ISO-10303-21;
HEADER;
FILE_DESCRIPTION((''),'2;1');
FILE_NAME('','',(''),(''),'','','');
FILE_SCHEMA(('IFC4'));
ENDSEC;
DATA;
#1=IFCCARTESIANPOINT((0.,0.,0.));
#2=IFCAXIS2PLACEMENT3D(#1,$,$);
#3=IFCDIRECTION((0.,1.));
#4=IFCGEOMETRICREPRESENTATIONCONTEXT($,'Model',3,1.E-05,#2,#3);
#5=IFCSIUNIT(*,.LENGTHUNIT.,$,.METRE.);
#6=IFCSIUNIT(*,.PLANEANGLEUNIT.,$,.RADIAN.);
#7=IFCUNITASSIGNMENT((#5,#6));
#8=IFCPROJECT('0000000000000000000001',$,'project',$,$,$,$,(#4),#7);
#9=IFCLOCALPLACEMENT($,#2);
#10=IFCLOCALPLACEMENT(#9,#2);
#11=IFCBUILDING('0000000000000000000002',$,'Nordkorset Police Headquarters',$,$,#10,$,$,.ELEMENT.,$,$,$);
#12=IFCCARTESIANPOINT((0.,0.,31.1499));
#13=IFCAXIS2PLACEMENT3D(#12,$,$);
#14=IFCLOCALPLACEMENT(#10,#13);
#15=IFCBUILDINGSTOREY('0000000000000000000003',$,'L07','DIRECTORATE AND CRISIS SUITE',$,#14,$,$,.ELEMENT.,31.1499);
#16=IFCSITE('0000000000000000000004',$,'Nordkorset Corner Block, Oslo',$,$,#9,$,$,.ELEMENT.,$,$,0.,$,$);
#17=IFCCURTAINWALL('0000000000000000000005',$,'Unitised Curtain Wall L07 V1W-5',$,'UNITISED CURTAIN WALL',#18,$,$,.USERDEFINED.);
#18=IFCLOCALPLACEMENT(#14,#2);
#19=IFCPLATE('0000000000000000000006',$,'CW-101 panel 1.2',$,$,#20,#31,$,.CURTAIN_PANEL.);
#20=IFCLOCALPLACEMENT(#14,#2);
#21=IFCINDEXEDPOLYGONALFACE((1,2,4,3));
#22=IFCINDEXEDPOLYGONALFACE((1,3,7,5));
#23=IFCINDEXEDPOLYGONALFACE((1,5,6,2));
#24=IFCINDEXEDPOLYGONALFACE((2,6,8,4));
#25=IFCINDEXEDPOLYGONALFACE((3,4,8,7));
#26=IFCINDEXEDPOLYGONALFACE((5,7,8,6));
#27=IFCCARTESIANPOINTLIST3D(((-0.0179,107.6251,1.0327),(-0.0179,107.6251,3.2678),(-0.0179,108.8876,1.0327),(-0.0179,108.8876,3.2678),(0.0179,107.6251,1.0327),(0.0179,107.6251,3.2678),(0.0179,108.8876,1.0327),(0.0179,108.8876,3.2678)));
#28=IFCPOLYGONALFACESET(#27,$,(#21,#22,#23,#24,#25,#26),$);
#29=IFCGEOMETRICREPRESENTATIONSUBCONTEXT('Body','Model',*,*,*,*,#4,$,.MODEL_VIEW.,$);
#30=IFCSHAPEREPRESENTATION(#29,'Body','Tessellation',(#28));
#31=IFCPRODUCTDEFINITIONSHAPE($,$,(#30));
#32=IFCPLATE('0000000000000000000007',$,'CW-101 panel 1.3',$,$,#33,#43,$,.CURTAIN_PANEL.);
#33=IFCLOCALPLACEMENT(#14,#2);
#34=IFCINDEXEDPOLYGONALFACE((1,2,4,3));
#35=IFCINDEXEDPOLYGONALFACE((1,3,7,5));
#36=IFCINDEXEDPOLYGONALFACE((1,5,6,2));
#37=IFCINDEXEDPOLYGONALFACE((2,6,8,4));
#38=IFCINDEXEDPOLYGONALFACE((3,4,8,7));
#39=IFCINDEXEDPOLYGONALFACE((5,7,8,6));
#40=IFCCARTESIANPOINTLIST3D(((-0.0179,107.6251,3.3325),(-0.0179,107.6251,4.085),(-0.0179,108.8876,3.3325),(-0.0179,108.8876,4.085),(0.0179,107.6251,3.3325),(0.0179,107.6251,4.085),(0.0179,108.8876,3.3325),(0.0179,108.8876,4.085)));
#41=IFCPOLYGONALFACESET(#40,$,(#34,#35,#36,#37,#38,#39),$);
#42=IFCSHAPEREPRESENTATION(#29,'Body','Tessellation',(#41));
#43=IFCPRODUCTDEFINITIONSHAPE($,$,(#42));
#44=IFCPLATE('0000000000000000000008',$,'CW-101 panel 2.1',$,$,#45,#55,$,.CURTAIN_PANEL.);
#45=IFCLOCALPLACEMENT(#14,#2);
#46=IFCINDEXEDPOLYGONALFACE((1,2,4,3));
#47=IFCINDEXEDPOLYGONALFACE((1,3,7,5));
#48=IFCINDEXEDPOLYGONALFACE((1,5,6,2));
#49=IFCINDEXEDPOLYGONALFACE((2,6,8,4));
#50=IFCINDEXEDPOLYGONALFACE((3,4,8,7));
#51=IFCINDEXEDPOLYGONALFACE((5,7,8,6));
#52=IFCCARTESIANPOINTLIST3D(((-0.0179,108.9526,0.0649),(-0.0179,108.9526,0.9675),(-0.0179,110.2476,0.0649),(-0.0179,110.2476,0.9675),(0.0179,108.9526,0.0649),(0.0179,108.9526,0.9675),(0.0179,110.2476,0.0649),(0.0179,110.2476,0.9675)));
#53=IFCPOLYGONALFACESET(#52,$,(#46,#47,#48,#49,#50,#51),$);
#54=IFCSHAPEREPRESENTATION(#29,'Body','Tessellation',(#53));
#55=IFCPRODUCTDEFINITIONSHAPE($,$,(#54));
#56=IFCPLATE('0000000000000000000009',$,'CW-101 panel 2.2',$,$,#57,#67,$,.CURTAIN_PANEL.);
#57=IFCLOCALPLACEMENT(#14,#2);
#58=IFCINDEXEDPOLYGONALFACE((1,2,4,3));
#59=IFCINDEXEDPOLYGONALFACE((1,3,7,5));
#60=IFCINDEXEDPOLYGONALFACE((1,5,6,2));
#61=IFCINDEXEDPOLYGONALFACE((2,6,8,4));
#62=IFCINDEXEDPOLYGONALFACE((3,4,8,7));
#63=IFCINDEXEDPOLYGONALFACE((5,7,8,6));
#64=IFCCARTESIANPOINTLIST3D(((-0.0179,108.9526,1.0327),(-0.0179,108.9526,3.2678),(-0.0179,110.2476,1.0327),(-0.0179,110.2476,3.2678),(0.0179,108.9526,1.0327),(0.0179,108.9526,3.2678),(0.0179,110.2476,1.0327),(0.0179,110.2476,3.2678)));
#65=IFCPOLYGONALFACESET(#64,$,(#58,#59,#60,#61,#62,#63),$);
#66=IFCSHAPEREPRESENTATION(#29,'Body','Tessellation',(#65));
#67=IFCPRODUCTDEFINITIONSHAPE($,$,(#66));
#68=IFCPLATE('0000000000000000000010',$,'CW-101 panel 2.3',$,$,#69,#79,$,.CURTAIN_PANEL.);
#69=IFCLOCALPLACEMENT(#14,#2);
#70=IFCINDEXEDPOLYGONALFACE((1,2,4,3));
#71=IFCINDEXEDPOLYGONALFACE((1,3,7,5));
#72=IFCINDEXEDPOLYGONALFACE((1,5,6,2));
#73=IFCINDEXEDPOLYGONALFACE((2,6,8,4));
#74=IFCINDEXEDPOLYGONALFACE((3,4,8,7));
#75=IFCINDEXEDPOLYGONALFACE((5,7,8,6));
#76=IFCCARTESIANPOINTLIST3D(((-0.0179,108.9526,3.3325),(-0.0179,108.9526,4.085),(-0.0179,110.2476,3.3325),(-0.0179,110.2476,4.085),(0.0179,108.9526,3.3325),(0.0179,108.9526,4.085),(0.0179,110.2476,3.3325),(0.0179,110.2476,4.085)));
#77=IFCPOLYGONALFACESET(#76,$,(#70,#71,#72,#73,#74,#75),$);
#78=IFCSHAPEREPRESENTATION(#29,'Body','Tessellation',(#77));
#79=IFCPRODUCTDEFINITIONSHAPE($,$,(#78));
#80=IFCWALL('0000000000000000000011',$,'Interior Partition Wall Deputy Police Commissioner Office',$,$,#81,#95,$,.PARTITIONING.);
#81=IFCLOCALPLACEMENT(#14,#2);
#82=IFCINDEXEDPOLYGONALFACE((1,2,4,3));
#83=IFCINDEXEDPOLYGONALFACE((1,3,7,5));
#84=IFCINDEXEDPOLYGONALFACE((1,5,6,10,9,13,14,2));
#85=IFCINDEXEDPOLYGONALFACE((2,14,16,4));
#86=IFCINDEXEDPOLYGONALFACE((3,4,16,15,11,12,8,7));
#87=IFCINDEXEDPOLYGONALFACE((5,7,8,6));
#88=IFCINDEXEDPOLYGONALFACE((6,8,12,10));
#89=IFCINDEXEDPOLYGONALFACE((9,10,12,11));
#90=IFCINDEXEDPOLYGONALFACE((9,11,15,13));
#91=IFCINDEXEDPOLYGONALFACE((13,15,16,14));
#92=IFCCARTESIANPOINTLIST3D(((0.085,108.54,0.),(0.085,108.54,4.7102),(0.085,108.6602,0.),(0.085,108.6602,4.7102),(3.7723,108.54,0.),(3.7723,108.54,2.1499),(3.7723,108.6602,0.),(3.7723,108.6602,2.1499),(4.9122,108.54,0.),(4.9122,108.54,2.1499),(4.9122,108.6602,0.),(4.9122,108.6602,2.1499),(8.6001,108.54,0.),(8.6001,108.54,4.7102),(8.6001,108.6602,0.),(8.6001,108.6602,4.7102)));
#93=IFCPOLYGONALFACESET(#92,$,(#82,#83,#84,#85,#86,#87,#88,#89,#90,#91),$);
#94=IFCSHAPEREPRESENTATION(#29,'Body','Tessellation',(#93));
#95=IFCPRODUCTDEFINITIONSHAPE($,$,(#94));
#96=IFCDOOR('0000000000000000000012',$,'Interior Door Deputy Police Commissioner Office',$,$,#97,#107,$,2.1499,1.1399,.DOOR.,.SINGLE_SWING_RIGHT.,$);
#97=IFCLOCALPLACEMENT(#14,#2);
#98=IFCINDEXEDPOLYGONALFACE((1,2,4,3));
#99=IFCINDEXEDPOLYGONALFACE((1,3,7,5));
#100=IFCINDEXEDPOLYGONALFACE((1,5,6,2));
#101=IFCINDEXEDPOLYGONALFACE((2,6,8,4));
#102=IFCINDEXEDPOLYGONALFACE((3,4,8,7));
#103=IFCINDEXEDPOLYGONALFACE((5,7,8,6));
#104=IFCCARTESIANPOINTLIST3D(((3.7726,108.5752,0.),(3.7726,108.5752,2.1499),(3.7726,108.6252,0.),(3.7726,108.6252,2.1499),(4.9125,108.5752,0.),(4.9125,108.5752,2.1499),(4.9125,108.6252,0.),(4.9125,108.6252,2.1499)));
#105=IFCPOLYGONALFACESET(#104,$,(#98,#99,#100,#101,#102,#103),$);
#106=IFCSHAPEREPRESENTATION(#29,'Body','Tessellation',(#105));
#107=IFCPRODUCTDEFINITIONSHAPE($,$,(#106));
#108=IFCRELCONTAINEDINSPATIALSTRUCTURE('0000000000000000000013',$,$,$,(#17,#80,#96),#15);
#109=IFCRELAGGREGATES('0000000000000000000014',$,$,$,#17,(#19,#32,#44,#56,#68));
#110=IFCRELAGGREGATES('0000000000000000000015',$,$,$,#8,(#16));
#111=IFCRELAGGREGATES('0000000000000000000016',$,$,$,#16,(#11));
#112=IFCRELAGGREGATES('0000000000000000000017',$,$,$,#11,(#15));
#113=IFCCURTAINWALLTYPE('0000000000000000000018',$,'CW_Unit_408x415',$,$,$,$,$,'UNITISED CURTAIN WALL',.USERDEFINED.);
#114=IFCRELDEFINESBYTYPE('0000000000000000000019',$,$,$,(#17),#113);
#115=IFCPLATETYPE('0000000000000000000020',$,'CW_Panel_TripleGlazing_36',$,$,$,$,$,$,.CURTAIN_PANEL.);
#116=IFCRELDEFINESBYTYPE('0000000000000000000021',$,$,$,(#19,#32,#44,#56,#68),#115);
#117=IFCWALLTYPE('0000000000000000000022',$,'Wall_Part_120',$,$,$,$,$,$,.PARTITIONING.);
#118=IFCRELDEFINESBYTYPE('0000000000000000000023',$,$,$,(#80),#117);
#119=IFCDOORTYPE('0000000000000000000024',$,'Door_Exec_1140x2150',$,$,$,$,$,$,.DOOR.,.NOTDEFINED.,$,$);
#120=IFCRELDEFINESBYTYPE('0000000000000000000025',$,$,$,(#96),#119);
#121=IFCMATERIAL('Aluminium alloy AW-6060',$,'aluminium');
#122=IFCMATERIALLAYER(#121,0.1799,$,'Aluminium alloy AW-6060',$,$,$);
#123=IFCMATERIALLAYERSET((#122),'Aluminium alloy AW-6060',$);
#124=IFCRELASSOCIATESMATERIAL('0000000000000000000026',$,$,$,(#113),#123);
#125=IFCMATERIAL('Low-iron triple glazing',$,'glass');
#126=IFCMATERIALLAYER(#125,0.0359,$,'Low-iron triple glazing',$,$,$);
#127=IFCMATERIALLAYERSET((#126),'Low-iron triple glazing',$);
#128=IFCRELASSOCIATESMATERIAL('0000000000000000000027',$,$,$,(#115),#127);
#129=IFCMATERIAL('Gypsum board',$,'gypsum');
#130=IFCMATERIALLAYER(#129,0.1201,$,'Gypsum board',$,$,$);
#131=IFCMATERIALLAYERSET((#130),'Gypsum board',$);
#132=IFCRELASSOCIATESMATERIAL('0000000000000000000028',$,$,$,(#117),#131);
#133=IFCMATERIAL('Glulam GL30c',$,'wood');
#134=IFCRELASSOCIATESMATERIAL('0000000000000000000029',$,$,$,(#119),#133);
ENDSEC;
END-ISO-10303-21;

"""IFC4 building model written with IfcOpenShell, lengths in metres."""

from ifc_helpers import new_model, si_unit, direction, frame, frame_2d, origin, origin_2d, place, context, subcontext, project, spatial, rectangle, extrude, material, layer, layer_set, type_object, element, fill, aggregate, save


model = new_model("IFC4")

# Units and contexts
model_context = context("Model", 3, precision=1e-05, world=origin(), true_north=direction((0.0, 1.0)))
body_context = subcontext(model_context, "Body", "Model", "MODEL_VIEW")
ifc_project = project(units=[si_unit("LENGTHUNIT", "METRE"), si_unit("PLANEANGLEUNIT", "RADIAN")], contexts=[model_context])

# Site, building, storey
site_placement = place(None, origin())
site = spatial("IfcSite", under=ifc_project, at=site_placement, Name="Nordkorset Corner Block, Oslo", CompositionType="ELEMENT", RefElevation=0.0)
building_placement = place(site_placement, origin())
building = spatial("IfcBuilding", under=site, at=building_placement, Name="Nordkorset Police Headquarters", CompositionType="ELEMENT")
storey_placement = place(building_placement, frame((0.0, 0.0, 31.1499)))
storey = spatial("IfcBuildingStorey", under=building, at=storey_placement, Name="L07", Description="DIRECTORATE AND CRISIS SUITE", CompositionType="ELEMENT", Elevation=31.1499)

# Shared definitions
ifc_material_1 = material(Name="Aluminium alloy AW-6060", Category="aluminium")
ifc_layer_1 = layer(ifc_material_1, 0.1799, Name="Aluminium alloy AW-6060")
ifc_layer_set_1 = layer_set([ifc_layer_1], Name="Aluminium alloy AW-6060")
curtain_wall_type = type_object("IfcCurtainWallType", Name="CW_Unit_408x415", ElementType="UNITISED CURTAIN WALL", PredefinedType="USERDEFINED", material=ifc_layer_set_1)

# Curtain wall
curtain_wall_1_placement = place(storey_placement, origin())
curtain_wall_1 = element("IfcCurtainWall", 1, at=curtain_wall_1_placement, inside=storey, type_object=curtain_wall_type, Name="Unitised Curtain Wall L07 V1W-5", ObjectType="UNITISED CURTAIN WALL", PredefinedType="USERDEFINED")

# Plates
ifc_material_2 = material(Name="Low-iron triple glazing", Category="glass")
ifc_layer_2 = layer(ifc_material_2, 0.0359, Name="Low-iron triple glazing")
ifc_layer_set_2 = layer_set([ifc_layer_2], Name="Low-iron triple glazing")
plate_type = type_object("IfcPlateType", Name="CW_Panel_TripleGlazing_36", PredefinedType="CURTAIN_PANEL", material=ifc_layer_set_2)
plate_1_placement = place(storey_placement, frame((0.0, 108.2563, 1.0327), z_axis=(0.0, 0.0, 1.0), x_axis=(0.0, 1.0, 0.0)))
plate_1 = element("IfcPlate", 2, at=plate_1_placement, type_object=plate_type, Name="CW-101 panel 1.2", PredefinedType="CURTAIN_PANEL", context=body_context, shape_type="SweptSolid", body=[
    extrude(rectangle(XDim=1.2625, YDim=0.0359, at=origin_2d()), origin(), (0.0, 0.0, 1.0), 2.2351),
])
plate_2_placement = place(storey_placement, frame((0.0, 108.2563, 3.3325), z_axis=(0.0, 0.0, 1.0), x_axis=(0.0, 1.0, 0.0)))
plate_2 = element("IfcPlate", 3, at=plate_2_placement, type_object=plate_type, Name="CW-101 panel 1.3", PredefinedType="CURTAIN_PANEL", context=body_context, shape_type="SweptSolid", body=[
    extrude(rectangle(XDim=1.2625, YDim=0.0359, at=origin_2d()), origin(), (0.0, 0.0, 1.0), 0.7524),
])
plate_3_placement = place(storey_placement, frame((0.0, 109.6001, 0.0649), z_axis=(0.0, 0.0, 1.0), x_axis=(0.0, 1.0, 0.0)))
plate_3 = element("IfcPlate", 4, at=plate_3_placement, type_object=plate_type, Name="CW-101 panel 2.1", PredefinedType="CURTAIN_PANEL", context=body_context, shape_type="SweptSolid", body=[
    extrude(rectangle(XDim=1.2949, YDim=0.0359, at=origin_2d()), origin(), (0.0, 0.0, 1.0), 0.9026),
])
plate_4_placement = place(storey_placement, frame((0.0, 109.6001, 1.0327), z_axis=(0.0, 0.0, 1.0), x_axis=(0.0, 1.0, 0.0)))
plate_4 = element("IfcPlate", 5, at=plate_4_placement, type_object=plate_type, Name="CW-101 panel 2.2", PredefinedType="CURTAIN_PANEL", context=body_context, shape_type="SweptSolid", body=[
    extrude(rectangle(XDim=1.2949, YDim=0.0359, at=origin_2d()), origin(), (0.0, 0.0, 1.0), 2.2351),
])
plate_5_placement = place(storey_placement, frame((0.0, 109.6001, 3.3325), z_axis=(0.0, 0.0, 1.0), x_axis=(0.0, 1.0, 0.0)))
plate_5 = element("IfcPlate", 6, at=plate_5_placement, type_object=plate_type, Name="CW-101 panel 2.3", PredefinedType="CURTAIN_PANEL", context=body_context, shape_type="SweptSolid", body=[
    extrude(rectangle(XDim=1.2949, YDim=0.0359, at=origin_2d()), origin(), (0.0, 0.0, 1.0), 0.7524),
])
aggregate(curtain_wall_1, [plate_1, plate_2, plate_3, plate_4, plate_5])

# Wall, opening, door
ifc_material_3 = material(Name="Gypsum board", Category="gypsum")
ifc_layer_3 = layer(ifc_material_3, 0.1201, Name="Gypsum board")
ifc_layer_set_3 = layer_set([ifc_layer_3], Name="Gypsum board")
wall_type = type_object("IfcWallType", Name="Wall_Part_120", PredefinedType="PARTITIONING", material=ifc_layer_set_3)
wall_placement = place(storey_placement, frame((0.085, 108.6001, 0.0), z_axis=(0.0, 0.0, 1.0), x_axis=(1.0, 0.0, 0.0)))
wall = element("IfcWall", 7, at=wall_placement, inside=storey, type_object=wall_type, Name="Interior Partition Wall Deputy Police Commissioner Office", PredefinedType="PARTITIONING", context=body_context, shape_type="SweptSolid", body=[
    extrude(rectangle(XDim=8.5151, YDim=0.1201, at=frame_2d((4.2576, 0.0))), origin(), (0.0, 0.0, 1.0), 4.7102),
])
opening_placement = place(wall_placement, frame((3.6875, 0.0, 0.0)))
opening = element("IfcOpeningElement", 8, at=opening_placement, cuts=wall, PredefinedType="OPENING", context=body_context, shape_type="SweptSolid", body=[
    extrude(rectangle(XDim=1.1399, YDim=2.1499, at=frame_2d((0.5698, 1.075))), frame((0.0, 0.0701, 0.0), z_axis=(0.0, -1.0, 0.0), x_axis=(1.0, 0.0, 0.0)), (0.0, 0.0, 1.0), 0.1401),
])
ifc_material_4 = material(Name="Glulam GL30c", Category="wood")
door_type = type_object("IfcDoorType", Name="Door_Exec_1140x2150", OperationType="NOTDEFINED", PredefinedType="DOOR", material=ifc_material_4)
door_placement = place(opening_placement, frame((1.1399, 0.0, 0.0), z_axis=(0.0, 0.0, 1.0), x_axis=(-1.0, 0.0, 0.0)))
door = element("IfcDoor", 9, at=door_placement, inside=storey, type_object=door_type, Name="Interior Door Deputy Police Commissioner Office", OperationType="SINGLE_SWING_RIGHT", OverallHeight=2.1499, OverallWidth=1.1399, PredefinedType="DOOR", context=body_context, shape_type="SweptSolid", body=[
    extrude(rectangle(XDim=1.1399, YDim=2.1499, at=frame_2d((0.5698, 1.075))), frame((0.0, 0.0249, 0.0), z_axis=(0.0, -1.0, 0.0), x_axis=(1.0, 0.0, 0.0)), (0.0, 0.0, 1.0), 0.05),
])
fill(opening, door)

save(model, "model.ifc")
